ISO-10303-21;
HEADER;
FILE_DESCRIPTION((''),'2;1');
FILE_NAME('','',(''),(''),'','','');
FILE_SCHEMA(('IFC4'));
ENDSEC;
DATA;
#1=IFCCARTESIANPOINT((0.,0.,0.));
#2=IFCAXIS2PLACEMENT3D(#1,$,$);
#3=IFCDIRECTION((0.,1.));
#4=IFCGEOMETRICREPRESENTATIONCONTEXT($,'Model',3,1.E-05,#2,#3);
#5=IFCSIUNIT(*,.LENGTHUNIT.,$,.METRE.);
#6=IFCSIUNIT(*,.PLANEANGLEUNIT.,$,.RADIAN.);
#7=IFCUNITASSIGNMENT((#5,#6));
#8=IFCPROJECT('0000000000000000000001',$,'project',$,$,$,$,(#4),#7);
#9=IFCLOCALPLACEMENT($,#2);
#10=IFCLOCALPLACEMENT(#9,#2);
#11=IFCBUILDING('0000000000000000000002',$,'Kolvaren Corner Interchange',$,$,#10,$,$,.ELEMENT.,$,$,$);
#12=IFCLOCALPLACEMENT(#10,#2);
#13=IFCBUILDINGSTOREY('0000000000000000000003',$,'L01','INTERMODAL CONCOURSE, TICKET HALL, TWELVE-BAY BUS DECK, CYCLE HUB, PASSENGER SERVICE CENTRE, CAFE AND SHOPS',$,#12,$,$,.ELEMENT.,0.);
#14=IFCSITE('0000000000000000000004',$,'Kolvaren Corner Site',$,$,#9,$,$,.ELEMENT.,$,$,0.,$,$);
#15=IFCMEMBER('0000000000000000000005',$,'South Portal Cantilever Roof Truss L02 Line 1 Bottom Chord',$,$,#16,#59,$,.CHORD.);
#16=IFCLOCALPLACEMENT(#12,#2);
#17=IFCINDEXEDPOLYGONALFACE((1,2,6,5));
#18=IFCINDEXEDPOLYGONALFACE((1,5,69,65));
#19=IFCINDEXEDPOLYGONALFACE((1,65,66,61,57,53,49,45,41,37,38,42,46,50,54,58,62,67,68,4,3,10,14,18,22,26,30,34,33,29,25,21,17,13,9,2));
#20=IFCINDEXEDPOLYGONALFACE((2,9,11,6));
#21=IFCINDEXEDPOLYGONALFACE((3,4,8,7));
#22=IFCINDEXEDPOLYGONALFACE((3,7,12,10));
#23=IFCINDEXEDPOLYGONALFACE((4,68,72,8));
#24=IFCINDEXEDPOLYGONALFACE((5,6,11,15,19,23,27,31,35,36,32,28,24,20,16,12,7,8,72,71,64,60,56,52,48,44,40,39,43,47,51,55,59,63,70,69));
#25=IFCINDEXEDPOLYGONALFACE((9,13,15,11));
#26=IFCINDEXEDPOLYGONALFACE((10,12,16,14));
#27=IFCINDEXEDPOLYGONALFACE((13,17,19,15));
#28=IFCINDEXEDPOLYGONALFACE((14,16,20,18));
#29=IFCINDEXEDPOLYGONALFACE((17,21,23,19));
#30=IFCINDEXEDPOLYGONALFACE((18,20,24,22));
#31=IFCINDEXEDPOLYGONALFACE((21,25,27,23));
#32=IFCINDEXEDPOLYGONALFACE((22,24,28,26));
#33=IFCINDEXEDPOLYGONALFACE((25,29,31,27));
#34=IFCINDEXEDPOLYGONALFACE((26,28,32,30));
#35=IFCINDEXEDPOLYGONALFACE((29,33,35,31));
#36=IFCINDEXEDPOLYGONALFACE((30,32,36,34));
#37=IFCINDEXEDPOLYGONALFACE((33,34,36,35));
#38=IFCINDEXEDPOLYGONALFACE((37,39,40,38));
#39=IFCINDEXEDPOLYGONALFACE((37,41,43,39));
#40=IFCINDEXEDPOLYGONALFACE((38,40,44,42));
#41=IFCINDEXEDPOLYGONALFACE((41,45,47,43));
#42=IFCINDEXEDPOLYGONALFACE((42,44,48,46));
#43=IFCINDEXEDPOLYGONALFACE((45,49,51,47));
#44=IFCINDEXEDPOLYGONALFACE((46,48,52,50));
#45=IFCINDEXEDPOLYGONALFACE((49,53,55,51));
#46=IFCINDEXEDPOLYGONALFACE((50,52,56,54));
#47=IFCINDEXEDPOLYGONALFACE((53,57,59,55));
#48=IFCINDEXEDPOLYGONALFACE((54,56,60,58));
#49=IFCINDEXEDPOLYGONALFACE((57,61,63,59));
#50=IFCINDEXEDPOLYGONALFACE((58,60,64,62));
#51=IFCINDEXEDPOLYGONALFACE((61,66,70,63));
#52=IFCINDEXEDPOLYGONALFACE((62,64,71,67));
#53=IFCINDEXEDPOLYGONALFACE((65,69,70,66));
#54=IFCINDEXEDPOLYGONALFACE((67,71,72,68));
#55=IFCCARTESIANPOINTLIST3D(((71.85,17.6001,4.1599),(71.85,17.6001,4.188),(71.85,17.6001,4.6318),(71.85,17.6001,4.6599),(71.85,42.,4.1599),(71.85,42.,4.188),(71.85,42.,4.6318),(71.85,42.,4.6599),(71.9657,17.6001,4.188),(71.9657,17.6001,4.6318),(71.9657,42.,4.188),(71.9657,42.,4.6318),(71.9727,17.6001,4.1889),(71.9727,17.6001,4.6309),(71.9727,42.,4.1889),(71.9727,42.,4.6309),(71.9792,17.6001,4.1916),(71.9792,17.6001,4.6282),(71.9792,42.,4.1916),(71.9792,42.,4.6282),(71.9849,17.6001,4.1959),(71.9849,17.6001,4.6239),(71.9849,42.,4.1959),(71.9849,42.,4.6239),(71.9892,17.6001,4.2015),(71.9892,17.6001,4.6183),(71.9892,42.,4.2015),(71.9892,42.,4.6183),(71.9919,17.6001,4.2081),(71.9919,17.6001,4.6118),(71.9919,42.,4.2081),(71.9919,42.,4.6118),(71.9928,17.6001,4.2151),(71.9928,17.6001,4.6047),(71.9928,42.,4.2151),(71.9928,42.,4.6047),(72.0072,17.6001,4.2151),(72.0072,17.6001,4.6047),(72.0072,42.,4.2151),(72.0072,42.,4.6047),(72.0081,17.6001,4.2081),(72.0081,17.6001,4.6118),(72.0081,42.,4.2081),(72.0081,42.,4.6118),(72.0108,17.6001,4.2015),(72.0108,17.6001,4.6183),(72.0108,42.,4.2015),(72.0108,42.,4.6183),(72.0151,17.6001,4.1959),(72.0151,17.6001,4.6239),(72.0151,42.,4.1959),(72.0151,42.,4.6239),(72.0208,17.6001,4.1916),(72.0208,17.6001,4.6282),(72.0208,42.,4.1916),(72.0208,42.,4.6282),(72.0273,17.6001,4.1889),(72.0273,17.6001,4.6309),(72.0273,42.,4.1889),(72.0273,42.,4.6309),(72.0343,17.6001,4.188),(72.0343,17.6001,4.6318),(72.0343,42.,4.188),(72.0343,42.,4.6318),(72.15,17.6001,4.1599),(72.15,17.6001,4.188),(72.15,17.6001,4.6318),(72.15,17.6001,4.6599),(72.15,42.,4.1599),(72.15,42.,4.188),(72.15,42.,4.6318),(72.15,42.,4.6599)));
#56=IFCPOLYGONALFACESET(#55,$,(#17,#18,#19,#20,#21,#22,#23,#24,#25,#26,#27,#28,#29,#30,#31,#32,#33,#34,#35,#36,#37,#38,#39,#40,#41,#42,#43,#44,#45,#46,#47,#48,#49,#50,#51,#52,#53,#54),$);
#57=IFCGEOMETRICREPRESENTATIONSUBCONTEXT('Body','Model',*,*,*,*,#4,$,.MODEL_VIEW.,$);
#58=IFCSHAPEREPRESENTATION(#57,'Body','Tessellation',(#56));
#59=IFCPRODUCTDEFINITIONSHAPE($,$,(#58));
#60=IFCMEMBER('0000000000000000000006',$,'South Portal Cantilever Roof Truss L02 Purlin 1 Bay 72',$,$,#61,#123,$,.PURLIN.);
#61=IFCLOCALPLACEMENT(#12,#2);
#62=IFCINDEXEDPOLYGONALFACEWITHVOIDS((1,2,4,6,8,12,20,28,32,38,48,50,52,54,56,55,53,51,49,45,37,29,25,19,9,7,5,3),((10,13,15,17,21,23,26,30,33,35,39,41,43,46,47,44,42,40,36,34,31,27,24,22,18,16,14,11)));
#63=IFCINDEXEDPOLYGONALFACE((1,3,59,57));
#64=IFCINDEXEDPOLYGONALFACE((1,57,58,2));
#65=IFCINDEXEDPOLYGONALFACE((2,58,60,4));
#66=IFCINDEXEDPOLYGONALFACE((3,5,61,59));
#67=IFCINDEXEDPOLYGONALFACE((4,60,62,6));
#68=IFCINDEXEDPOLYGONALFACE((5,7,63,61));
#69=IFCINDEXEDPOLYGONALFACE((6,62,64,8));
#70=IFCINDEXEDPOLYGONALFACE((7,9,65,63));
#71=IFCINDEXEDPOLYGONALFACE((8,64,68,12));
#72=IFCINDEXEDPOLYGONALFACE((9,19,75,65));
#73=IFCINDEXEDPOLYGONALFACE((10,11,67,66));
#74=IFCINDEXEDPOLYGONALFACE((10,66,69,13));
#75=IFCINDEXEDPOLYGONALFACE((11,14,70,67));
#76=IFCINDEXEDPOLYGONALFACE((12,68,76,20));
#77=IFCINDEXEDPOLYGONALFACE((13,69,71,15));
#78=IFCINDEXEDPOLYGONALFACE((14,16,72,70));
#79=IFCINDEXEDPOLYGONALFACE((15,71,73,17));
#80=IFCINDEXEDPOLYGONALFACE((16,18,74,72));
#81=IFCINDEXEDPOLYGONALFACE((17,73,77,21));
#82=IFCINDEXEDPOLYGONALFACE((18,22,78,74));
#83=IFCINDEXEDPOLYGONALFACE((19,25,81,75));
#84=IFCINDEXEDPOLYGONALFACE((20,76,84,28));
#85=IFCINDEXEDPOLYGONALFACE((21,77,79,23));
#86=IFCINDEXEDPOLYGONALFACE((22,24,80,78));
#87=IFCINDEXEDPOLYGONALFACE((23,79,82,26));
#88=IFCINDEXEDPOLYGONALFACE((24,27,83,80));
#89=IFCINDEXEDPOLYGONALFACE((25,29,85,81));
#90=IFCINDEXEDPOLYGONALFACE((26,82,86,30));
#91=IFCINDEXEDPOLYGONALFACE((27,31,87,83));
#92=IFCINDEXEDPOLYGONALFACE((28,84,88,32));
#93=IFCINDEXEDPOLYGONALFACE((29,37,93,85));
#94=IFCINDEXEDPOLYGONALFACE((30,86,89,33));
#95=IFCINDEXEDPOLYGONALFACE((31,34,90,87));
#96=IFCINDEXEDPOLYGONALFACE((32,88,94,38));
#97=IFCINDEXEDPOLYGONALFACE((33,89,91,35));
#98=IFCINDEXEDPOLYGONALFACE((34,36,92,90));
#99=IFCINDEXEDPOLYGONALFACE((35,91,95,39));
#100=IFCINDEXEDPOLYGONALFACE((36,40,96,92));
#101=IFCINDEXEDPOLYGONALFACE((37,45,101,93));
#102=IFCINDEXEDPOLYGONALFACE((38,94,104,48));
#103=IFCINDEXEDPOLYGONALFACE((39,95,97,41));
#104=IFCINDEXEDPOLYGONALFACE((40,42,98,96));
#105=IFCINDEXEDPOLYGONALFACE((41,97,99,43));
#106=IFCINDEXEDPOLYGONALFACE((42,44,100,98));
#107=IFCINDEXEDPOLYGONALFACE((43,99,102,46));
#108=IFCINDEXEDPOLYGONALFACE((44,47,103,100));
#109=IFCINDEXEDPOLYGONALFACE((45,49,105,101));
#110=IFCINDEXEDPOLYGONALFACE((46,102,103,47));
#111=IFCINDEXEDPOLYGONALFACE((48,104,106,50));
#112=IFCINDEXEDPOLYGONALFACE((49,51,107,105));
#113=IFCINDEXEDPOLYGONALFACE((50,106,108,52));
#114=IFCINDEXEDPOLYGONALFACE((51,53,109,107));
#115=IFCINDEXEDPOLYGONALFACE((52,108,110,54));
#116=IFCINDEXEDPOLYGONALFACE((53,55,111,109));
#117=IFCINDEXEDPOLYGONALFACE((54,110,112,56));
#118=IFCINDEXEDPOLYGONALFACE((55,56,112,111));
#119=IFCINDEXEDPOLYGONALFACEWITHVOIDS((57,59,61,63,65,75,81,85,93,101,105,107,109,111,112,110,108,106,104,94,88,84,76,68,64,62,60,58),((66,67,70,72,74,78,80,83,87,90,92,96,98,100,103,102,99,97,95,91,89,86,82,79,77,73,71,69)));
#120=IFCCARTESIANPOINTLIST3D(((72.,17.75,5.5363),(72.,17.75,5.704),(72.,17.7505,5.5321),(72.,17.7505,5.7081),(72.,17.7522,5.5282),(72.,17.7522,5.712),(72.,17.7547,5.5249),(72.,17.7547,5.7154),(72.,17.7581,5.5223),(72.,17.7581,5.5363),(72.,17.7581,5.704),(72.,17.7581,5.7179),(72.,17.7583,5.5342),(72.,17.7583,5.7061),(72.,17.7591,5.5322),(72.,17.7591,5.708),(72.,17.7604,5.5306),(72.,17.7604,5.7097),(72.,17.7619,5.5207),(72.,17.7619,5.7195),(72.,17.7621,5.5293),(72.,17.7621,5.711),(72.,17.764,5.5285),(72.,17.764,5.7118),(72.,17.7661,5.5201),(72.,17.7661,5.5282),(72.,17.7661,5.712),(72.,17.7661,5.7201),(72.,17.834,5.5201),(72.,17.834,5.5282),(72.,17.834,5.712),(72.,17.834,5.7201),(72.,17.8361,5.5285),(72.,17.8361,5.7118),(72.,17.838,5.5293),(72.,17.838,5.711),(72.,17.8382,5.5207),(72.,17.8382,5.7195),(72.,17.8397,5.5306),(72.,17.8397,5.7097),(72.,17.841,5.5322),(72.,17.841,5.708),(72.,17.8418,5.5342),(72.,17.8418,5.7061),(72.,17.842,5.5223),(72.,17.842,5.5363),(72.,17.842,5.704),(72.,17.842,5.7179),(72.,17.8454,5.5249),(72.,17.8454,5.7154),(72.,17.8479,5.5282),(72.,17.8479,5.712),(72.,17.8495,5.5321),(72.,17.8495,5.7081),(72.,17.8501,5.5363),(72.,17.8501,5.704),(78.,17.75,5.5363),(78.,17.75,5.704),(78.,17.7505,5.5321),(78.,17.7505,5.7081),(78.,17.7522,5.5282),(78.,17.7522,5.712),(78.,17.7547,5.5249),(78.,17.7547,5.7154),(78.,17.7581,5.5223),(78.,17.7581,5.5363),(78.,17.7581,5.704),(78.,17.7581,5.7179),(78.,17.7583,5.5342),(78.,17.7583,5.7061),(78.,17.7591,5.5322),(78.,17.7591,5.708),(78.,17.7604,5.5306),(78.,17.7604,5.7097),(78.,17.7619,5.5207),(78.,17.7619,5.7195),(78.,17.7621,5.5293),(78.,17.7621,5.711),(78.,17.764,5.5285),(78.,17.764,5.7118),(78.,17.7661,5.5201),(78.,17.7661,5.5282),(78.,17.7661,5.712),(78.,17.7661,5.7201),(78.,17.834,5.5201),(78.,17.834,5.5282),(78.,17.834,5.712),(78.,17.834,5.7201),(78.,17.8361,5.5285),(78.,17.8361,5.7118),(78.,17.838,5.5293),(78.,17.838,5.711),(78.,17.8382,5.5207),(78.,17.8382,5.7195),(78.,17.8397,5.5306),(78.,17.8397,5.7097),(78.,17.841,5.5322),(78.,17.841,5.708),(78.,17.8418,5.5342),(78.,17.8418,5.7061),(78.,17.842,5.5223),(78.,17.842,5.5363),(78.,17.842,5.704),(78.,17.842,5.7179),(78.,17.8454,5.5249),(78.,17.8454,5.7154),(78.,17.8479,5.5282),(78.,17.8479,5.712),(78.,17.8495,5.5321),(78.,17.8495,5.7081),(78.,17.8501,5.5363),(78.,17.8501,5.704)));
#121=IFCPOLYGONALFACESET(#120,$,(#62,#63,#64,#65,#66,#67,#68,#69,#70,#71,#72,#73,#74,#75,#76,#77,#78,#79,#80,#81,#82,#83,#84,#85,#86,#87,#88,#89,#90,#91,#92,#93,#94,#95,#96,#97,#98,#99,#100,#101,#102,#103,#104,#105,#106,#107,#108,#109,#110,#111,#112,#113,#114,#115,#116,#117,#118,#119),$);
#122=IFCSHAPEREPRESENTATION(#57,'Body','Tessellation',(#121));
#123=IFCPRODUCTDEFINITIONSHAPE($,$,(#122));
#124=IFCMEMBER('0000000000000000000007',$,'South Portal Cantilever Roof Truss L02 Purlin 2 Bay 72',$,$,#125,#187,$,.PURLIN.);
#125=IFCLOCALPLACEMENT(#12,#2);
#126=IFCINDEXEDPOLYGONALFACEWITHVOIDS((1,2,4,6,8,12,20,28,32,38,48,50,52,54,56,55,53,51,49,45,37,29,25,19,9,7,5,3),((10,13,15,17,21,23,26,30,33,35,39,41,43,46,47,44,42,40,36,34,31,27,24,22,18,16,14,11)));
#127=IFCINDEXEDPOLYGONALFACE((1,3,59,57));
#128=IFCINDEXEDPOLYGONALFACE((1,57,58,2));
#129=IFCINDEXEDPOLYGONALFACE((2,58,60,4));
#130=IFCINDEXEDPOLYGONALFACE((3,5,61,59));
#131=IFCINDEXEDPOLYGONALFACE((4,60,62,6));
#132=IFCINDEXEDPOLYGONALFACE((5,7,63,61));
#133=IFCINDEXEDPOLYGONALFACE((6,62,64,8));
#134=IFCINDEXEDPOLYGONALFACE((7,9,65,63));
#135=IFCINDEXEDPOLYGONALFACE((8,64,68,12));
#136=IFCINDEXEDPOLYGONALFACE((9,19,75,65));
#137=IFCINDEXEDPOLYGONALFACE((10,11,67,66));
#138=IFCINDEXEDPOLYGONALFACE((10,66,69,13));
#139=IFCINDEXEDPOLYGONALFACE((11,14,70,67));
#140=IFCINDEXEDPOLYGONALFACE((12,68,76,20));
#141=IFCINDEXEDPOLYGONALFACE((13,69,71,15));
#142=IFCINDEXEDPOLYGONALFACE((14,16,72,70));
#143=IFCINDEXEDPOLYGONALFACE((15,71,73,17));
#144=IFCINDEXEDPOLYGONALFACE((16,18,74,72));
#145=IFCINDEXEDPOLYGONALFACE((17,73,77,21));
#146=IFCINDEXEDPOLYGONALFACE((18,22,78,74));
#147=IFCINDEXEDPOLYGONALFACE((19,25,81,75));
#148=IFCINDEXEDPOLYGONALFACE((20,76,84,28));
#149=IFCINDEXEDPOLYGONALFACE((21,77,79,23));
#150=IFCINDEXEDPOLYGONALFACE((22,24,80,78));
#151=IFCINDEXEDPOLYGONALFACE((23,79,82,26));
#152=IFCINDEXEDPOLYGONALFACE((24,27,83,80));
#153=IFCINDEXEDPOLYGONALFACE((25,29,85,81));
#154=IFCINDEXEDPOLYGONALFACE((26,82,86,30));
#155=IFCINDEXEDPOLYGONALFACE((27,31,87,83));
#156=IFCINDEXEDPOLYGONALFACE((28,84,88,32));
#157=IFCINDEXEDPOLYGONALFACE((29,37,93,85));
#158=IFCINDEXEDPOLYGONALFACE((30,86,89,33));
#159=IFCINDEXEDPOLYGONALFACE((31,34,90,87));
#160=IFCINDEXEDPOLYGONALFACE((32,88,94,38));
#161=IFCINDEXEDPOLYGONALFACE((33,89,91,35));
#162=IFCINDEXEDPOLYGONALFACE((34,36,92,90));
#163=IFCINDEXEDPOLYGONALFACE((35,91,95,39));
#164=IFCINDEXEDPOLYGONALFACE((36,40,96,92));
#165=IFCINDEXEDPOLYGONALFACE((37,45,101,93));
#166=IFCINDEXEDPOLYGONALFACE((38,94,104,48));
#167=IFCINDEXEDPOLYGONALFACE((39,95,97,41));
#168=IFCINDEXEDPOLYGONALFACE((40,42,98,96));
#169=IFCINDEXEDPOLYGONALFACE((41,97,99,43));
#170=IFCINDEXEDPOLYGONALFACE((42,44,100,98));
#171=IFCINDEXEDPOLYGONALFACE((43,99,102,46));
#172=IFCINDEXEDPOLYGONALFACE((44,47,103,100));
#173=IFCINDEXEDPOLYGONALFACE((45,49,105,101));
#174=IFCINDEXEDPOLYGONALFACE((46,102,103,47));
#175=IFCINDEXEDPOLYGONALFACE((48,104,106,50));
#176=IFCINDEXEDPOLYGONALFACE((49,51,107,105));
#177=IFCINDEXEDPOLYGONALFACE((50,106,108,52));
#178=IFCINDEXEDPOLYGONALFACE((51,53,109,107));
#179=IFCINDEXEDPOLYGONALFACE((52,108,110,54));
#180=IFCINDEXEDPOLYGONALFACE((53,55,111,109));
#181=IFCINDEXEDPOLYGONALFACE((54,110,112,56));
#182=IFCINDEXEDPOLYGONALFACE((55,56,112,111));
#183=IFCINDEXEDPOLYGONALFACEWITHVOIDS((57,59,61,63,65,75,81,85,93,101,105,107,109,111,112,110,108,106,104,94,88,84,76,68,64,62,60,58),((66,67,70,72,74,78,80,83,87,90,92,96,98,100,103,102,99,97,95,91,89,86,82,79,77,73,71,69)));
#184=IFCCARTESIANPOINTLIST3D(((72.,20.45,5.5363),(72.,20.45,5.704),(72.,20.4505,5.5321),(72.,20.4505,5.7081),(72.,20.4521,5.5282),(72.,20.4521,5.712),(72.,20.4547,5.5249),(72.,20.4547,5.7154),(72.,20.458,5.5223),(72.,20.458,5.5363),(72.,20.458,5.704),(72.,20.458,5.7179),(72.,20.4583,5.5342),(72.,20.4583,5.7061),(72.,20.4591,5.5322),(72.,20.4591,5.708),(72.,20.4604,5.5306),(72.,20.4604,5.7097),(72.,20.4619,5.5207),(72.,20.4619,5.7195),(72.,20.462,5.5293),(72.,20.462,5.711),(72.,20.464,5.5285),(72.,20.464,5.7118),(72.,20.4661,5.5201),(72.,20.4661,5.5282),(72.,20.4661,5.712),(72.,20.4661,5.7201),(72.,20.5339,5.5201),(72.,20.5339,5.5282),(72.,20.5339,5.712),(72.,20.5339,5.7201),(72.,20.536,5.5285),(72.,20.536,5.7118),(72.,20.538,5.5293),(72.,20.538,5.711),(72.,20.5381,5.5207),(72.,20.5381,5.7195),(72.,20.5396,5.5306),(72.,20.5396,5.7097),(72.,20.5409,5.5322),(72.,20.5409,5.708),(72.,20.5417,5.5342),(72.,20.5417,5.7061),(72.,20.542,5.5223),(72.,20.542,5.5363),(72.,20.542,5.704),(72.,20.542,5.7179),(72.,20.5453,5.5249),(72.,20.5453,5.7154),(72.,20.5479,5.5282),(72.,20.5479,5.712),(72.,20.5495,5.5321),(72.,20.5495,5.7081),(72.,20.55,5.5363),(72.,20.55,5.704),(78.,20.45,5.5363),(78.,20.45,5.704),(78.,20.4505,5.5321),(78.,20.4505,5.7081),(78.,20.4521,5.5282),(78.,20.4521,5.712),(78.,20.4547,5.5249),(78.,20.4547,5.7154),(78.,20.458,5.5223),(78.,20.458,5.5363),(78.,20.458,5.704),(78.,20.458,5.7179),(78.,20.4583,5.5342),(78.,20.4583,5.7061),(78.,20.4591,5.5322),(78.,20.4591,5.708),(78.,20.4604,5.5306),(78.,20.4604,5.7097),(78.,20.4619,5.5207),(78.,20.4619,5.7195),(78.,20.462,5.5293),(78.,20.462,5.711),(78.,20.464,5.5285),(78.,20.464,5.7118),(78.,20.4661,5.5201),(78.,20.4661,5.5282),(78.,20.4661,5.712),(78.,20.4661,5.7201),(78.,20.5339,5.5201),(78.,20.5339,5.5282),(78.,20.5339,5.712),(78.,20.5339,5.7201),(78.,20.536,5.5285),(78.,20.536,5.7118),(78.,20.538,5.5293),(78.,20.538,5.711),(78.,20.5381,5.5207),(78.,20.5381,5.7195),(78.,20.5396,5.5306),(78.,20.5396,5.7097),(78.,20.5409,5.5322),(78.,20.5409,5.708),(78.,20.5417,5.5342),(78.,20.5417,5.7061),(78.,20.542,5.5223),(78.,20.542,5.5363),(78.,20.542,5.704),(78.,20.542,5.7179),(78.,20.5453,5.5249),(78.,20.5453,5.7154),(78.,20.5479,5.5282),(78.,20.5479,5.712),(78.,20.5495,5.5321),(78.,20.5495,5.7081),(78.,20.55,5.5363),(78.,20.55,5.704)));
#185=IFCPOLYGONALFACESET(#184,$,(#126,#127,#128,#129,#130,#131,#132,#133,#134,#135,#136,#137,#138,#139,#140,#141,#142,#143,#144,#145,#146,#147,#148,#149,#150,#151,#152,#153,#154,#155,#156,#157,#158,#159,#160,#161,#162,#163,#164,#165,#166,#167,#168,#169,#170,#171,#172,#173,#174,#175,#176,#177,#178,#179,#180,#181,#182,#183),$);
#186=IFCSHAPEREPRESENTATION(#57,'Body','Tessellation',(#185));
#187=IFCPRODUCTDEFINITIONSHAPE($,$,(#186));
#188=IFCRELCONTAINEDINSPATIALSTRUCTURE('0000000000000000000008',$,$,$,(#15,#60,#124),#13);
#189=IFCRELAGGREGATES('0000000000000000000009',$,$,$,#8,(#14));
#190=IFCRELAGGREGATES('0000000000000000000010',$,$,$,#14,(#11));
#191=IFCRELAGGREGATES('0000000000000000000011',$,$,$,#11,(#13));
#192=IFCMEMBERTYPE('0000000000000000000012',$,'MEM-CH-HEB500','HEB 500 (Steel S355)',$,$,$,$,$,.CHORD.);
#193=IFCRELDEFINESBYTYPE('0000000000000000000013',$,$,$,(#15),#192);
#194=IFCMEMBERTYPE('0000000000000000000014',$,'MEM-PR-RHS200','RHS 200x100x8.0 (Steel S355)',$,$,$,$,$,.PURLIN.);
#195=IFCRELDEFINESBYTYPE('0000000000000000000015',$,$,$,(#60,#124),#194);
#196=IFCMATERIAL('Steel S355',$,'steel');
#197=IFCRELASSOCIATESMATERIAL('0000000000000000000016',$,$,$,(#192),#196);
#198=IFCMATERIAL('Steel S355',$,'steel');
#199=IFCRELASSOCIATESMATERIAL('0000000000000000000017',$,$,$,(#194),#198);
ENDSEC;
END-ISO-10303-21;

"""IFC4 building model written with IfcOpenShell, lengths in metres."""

from ifc_helpers import new_model, si_unit, direction, frame, origin, origin_2d, place, context, subcontext, project, spatial, hollow_rectangle, i_section, extrude, material, material_profile, profile_set, type_object, element, save


model = new_model("IFC4")

# Units and contexts
model_context = context("Model", 3, precision=1e-05, world=origin(), true_north=direction((0.0, 1.0)))
body_context = subcontext(model_context, "Body", "Model", "MODEL_VIEW")
ifc_project = project(units=[si_unit("LENGTHUNIT", "METRE"), si_unit("PLANEANGLEUNIT", "RADIAN")], contexts=[model_context])

# Site, building, storey
site_placement = place(None, origin())
site = spatial("IfcSite", under=ifc_project, at=site_placement, Name="Kolvaren Corner Site", CompositionType="ELEMENT", RefElevation=0.0)
building_placement = place(site_placement, origin())
building = spatial("IfcBuilding", under=site, at=building_placement, Name="Kolvaren Corner Interchange", CompositionType="ELEMENT")
storey_placement = place(building_placement, origin())
storey = spatial("IfcBuildingStorey", under=building, at=storey_placement, Name="L01", Description="INTERMODAL CONCOURSE, TICKET HALL, TWELVE-BAY BUS DECK, CYCLE HUB, PASSENGER SERVICE CENTRE, CAFE AND SHOPS", CompositionType="ELEMENT", Elevation=0.0)

# Members
ifc_material_1 = material(Name="Steel S355", Category="steel")
ifc_material_profile_1 = material_profile(ifc_material_1, i_section(OverallWidth=0.3, OverallDepth=0.5, WebThickness=0.0144, FlangeThickness=0.0281, FilletRadius=0.0271, at=origin_2d()), Name="HEB 500")
ifc_profile_set_1 = profile_set([ifc_material_profile_1], Name="Steel S355")
member_type_1 = type_object("IfcMemberType", Name="MEM-CH-HEB500", Description="HEB 500 (Steel S355)", PredefinedType="CHORD", material=ifc_profile_set_1)
for number, where, z_axis, x_axis, name in (
    (1, (72.0, 17.6001, 4.4099), (0.0, 1.0, 0.0), (-1.0, 0.0, 0.0), "South Portal Cantilever Roof Truss L02 Line 1 Bottom Chord"),
):
    element("IfcMember", number, at=place(storey_placement, frame(where, z_axis=z_axis, x_axis=x_axis)), inside=storey, type_object=member_type_1, Name=name, PredefinedType="CHORD", context=body_context, shape_type="SweptSolid", body=[
        extrude(i_section(OverallWidth=0.3, OverallDepth=0.5, WebThickness=0.0144, FlangeThickness=0.0281, FilletRadius=0.0271, at=origin_2d()), origin(), (0.0, 0.0, 1.0), 24.3999),
    ])
ifc_material_2 = material(Name="Steel S355", Category="steel")
ifc_material_profile_2 = material_profile(ifc_material_2, hollow_rectangle(XDim=0.1001, YDim=0.2, WallThickness=0.0081, InnerFilletRadius=0.0081, OuterFilletRadius=0.0161, at=origin_2d()), Name="RHS 200x100x8.0")
ifc_profile_set_2 = profile_set([ifc_material_profile_2], Name="Steel S355")
member_type_2 = type_object("IfcMemberType", Name="MEM-PR-RHS200", Description="RHS 200x100x8.0 (Steel S355)", PredefinedType="PURLIN", material=ifc_profile_set_2)
for number, where, z_axis, x_axis, name in (
    (2, (72.0, 17.8, 5.6201), (1.0, 0.0, 0.0), (0.0, 1.0, 0.0), "South Portal Cantilever Roof Truss L02 Purlin 1 Bay 72"),
    (3, (72.0, 20.5, 5.6201), (1.0, 0.0, 0.0), (0.0, 1.0, 0.0), "South Portal Cantilever Roof Truss L02 Purlin 2 Bay 72"),
):
    element("IfcMember", number, at=place(storey_placement, frame(where, z_axis=z_axis, x_axis=x_axis)), inside=storey, type_object=member_type_2, Name=name, PredefinedType="PURLIN", context=body_context, shape_type="SweptSolid", body=[
        extrude(hollow_rectangle(XDim=0.1001, YDim=0.2, WallThickness=0.0081, InnerFilletRadius=0.0081, OuterFilletRadius=0.0161, at=origin_2d()), origin(), (0.0, 0.0, 1.0), 6.0),
    ])

save(model, "model.ifc")
